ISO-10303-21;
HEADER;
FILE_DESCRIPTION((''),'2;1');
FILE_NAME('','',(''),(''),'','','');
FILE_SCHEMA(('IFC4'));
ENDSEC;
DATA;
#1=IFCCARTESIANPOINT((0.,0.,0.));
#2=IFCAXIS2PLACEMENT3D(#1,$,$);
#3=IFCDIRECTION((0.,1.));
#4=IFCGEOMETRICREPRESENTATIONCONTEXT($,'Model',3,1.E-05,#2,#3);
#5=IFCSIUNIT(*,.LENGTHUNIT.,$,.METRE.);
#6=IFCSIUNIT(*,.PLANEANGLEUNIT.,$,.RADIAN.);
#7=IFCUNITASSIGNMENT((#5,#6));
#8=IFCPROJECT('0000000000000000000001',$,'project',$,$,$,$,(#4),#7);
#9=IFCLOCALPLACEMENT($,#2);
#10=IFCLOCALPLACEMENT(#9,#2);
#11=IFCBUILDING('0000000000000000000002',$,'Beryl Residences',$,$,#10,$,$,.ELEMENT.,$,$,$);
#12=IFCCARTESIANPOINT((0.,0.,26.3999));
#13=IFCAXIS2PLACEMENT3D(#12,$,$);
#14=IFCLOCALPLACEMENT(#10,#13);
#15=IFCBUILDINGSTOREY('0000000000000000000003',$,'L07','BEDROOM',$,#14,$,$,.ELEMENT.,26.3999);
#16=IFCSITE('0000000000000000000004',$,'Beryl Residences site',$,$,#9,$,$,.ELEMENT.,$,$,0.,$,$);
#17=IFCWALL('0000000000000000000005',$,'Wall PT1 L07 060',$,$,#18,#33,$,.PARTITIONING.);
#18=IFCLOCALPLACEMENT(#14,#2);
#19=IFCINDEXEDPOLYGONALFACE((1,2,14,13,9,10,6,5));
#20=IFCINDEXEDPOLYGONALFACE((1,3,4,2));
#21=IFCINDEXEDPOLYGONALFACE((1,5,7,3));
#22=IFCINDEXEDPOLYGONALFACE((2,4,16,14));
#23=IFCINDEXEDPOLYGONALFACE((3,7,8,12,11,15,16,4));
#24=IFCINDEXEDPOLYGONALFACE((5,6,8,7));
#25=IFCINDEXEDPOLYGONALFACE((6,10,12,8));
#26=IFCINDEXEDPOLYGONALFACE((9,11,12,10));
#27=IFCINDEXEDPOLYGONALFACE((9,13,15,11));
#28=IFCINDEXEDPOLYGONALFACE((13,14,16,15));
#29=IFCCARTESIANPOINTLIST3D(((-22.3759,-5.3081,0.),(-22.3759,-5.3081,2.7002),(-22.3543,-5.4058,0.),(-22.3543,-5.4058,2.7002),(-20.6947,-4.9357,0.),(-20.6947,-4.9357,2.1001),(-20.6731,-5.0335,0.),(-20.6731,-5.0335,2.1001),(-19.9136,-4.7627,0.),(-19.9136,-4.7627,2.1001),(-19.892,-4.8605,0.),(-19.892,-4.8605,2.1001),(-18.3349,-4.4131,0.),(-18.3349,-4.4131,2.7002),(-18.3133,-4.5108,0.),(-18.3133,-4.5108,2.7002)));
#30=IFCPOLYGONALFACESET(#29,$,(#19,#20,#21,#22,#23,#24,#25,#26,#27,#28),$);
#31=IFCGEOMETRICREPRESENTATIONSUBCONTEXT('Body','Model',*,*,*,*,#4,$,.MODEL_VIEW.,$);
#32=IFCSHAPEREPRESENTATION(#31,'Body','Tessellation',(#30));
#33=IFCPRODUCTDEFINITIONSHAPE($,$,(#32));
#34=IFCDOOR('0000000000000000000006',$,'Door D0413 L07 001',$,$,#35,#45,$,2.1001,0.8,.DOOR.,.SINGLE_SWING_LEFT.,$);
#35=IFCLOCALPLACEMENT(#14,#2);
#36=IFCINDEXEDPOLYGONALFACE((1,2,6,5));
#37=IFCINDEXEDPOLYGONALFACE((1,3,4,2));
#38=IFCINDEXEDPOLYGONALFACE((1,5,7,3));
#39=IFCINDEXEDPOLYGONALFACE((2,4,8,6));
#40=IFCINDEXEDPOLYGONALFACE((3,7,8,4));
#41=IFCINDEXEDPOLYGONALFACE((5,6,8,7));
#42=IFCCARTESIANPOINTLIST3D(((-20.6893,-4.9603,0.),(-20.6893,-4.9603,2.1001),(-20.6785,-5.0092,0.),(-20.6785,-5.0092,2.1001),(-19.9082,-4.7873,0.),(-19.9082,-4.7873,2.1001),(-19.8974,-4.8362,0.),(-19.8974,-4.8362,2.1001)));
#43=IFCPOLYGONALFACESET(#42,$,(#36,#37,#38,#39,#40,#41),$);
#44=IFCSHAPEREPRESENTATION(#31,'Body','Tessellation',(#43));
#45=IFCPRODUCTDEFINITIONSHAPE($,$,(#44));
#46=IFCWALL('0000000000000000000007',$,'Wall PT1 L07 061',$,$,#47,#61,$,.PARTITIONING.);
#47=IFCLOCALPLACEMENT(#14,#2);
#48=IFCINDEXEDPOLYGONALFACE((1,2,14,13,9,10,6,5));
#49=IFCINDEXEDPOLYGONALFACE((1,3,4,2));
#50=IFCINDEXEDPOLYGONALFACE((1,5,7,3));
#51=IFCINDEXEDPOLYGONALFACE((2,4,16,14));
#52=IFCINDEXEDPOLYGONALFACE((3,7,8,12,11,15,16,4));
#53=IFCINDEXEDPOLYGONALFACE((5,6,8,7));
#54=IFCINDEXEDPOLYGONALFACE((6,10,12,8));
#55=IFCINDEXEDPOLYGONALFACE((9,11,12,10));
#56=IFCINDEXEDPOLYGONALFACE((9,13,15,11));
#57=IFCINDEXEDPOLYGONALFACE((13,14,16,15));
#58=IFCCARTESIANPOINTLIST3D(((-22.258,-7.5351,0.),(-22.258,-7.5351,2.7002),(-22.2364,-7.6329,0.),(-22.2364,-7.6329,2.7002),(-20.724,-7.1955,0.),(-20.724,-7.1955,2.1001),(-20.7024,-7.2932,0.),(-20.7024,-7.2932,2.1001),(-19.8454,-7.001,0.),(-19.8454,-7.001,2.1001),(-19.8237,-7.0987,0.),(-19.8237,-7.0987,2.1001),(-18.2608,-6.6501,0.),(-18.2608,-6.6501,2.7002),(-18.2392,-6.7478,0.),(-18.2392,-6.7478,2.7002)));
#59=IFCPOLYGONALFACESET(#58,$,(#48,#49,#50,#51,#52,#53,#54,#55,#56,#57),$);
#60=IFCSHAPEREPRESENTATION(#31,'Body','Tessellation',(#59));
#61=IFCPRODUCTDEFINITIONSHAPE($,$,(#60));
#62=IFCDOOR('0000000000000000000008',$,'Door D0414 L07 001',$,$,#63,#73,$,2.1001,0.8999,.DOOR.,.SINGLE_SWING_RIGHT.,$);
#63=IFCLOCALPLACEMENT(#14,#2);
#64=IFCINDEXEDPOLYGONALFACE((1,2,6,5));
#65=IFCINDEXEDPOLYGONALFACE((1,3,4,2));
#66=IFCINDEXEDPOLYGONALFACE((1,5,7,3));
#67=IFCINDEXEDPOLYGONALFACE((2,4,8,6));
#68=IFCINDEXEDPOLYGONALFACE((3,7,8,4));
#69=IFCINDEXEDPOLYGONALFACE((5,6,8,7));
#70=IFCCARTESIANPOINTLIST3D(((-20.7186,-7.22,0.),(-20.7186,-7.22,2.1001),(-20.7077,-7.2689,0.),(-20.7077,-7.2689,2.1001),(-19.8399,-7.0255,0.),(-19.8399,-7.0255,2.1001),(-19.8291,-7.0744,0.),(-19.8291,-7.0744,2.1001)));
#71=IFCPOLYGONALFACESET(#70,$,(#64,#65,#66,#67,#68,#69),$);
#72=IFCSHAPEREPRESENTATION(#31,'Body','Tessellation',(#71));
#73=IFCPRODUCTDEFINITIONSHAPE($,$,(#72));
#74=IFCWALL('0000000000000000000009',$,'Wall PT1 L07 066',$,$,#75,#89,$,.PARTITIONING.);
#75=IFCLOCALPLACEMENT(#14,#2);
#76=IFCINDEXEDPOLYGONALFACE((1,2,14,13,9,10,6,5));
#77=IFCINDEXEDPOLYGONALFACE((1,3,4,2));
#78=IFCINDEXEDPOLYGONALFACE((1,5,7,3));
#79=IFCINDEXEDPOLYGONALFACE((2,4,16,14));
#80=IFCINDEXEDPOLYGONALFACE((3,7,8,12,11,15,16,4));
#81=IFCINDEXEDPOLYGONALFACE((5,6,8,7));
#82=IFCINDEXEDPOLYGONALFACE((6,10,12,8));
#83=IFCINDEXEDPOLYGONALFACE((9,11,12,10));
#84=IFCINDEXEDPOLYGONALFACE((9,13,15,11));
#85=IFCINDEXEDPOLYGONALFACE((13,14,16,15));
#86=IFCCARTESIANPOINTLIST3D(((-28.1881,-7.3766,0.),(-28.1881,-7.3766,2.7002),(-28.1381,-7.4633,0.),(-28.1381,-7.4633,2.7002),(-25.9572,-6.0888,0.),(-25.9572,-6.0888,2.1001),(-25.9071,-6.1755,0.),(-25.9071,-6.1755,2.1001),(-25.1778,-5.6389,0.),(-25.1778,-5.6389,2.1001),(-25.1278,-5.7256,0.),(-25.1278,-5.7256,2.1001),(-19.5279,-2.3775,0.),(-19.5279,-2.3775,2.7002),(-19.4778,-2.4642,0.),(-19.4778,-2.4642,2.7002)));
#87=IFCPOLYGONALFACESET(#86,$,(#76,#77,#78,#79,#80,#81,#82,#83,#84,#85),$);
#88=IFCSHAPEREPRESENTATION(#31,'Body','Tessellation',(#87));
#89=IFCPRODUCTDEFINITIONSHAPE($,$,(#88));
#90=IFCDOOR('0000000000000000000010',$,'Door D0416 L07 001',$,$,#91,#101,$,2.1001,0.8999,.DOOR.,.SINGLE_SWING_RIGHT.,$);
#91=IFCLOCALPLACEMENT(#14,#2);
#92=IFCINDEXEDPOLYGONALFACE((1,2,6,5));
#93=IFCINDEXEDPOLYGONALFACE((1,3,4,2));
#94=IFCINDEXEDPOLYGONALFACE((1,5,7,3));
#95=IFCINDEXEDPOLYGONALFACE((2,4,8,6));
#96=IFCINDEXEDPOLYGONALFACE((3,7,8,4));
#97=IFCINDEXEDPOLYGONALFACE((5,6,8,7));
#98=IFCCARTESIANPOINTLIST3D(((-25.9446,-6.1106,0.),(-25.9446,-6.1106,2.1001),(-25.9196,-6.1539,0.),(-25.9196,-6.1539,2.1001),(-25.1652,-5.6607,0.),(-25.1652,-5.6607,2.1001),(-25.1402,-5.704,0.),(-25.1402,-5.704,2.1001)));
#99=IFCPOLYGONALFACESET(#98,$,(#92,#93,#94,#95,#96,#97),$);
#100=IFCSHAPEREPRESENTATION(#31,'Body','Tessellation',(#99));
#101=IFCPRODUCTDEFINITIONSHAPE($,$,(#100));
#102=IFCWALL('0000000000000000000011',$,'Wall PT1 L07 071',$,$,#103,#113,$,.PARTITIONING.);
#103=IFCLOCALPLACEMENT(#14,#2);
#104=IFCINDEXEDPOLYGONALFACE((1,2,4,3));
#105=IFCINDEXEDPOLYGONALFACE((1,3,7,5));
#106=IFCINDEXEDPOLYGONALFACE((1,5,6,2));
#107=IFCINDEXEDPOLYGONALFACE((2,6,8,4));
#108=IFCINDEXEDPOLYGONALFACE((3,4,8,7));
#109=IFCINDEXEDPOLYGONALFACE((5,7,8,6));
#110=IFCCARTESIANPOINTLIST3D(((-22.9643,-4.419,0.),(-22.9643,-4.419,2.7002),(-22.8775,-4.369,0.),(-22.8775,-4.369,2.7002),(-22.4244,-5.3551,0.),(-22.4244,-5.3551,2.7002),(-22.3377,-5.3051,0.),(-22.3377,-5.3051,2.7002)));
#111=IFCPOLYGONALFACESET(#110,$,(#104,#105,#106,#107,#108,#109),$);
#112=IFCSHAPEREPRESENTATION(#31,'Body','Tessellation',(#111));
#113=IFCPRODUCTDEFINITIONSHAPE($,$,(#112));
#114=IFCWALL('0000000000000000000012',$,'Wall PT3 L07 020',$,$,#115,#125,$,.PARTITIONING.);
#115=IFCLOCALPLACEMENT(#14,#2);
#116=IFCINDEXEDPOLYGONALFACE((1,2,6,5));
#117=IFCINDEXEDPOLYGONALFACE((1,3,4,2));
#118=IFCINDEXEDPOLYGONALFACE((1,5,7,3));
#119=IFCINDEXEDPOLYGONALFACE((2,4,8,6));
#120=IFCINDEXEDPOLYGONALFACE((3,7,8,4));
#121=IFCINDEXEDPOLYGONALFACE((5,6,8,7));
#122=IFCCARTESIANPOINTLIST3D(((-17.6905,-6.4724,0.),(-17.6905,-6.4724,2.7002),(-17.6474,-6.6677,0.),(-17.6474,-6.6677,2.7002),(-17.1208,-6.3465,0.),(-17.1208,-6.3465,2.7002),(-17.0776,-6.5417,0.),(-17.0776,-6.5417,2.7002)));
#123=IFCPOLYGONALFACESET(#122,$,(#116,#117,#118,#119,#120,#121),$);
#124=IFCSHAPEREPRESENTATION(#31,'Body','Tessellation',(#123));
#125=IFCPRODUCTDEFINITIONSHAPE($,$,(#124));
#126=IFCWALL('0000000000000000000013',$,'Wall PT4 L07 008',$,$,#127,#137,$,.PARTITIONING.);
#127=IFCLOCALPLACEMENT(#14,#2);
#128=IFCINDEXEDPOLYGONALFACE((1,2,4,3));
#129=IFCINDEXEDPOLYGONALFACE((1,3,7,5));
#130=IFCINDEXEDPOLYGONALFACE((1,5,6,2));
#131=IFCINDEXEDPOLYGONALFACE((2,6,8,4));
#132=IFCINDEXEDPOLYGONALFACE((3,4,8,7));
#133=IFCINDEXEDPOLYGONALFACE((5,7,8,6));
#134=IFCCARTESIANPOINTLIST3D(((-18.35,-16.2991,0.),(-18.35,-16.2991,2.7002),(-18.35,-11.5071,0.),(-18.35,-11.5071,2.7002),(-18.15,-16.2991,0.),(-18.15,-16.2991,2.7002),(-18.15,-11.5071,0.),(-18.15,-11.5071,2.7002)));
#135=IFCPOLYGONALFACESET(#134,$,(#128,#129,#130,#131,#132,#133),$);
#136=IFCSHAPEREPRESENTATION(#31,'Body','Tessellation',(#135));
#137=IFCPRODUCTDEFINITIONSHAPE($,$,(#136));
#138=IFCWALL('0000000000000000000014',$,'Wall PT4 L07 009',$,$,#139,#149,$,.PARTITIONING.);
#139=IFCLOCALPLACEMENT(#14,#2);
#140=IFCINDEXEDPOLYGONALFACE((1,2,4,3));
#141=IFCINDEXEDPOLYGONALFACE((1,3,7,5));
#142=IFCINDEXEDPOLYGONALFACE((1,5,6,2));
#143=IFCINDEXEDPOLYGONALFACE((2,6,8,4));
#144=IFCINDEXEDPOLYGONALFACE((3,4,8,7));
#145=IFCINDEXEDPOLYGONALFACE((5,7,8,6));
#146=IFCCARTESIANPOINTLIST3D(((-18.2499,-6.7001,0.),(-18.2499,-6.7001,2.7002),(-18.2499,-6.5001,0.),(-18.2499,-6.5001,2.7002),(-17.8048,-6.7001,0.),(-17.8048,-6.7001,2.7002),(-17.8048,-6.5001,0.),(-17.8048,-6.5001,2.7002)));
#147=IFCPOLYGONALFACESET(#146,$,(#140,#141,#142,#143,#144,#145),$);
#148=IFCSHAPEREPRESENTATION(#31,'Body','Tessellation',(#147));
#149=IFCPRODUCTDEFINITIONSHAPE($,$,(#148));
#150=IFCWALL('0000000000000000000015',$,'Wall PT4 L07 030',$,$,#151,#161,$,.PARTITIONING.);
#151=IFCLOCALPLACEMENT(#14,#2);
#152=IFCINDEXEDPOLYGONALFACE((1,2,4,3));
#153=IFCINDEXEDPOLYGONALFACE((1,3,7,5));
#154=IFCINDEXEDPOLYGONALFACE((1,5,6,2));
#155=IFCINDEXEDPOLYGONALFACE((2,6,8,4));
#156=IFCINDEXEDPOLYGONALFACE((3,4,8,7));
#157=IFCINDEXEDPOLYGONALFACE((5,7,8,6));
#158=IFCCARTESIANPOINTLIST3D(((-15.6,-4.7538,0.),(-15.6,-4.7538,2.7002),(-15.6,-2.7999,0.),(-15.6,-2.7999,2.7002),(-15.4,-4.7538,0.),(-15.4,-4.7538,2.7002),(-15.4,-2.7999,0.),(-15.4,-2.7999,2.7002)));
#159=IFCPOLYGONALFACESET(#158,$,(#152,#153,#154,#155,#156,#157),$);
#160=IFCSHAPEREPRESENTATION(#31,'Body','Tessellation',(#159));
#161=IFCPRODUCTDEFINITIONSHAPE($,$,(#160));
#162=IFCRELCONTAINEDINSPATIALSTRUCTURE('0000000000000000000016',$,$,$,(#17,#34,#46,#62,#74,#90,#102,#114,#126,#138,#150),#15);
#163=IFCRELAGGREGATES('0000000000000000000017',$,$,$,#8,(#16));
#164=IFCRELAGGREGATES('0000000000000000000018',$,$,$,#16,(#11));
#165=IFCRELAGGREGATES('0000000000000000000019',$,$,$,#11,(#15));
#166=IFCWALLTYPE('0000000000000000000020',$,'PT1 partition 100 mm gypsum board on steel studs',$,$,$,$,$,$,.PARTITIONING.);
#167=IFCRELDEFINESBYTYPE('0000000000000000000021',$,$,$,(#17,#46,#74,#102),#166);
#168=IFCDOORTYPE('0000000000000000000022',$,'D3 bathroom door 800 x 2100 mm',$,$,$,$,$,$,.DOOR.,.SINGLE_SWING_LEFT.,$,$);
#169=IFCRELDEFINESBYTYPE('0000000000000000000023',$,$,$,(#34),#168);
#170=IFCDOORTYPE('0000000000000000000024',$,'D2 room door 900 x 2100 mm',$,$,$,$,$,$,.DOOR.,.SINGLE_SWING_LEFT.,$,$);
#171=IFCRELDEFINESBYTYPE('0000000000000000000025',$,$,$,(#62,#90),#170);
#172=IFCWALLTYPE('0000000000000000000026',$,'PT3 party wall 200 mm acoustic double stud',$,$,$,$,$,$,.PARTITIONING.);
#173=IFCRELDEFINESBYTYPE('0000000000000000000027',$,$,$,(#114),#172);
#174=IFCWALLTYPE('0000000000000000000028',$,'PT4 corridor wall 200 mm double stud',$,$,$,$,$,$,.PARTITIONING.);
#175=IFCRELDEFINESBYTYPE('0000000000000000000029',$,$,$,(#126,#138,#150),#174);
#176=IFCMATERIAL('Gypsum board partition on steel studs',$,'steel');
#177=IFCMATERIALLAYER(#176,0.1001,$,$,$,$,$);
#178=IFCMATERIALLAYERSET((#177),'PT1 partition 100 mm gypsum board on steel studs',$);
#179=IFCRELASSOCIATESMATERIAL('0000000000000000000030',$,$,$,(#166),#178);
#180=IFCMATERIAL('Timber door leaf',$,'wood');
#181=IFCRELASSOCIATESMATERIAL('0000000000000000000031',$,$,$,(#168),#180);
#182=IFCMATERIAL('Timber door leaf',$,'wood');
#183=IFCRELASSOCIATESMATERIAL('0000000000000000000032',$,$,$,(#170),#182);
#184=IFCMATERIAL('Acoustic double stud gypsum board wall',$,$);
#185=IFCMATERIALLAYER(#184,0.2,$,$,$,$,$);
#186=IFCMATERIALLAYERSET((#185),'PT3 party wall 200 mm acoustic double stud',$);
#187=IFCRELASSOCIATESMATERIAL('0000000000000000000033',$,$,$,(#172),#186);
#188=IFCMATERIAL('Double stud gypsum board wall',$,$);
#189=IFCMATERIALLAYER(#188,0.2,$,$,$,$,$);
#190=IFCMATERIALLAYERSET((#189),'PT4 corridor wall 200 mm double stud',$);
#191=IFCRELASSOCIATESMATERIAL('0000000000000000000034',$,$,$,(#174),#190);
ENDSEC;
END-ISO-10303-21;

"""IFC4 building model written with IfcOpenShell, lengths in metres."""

from ifc_helpers import new_model, si_unit, direction, frame, frame_2d, origin, place, context, subcontext, project, spatial, rectangle, extrude, material, layer, layer_set, type_object, element, fill, save


model = new_model("IFC4")

# Units and contexts
model_context = context("Model", 3, precision=1e-05, world=origin(), true_north=direction((0.0, 1.0)))
body_context = subcontext(model_context, "Body", "Model", "MODEL_VIEW")
ifc_project = project(units=[si_unit("LENGTHUNIT", "METRE"), si_unit("PLANEANGLEUNIT", "RADIAN")], contexts=[model_context])

# Site, building, storey
site_placement = place(None, origin())
site = spatial("IfcSite", under=ifc_project, at=site_placement, Name="Beryl Residences site", CompositionType="ELEMENT", RefElevation=0.0)
building_placement = place(site_placement, origin())
building = spatial("IfcBuilding", under=site, at=building_placement, Name="Beryl Residences", CompositionType="ELEMENT")
storey_placement = place(building_placement, frame((0.0, 0.0, 26.3999)))
storey = spatial("IfcBuildingStorey", under=building, at=storey_placement, Name="L07", Description="BEDROOM", CompositionType="ELEMENT", Elevation=26.3999)

# Shared definitions
ifc_material_1 = material(Name="Gypsum board partition on steel studs", Category="steel")
ifc_layer_1 = layer(ifc_material_1, 0.1001)
ifc_layer_set_1 = layer_set([ifc_layer_1], Name="PT1 partition 100 mm gypsum board on steel studs")
wall_type_1 = type_object("IfcWallType", Name="PT1 partition 100 mm gypsum board on steel studs", PredefinedType="PARTITIONING", material=ifc_layer_set_1)

# Walls, openings, doors
ifc_material_2 = material(Name="Timber door leaf", Category="wood")
door_type_1 = type_object("IfcDoorType", Name="D3 bathroom door 800 x 2100 mm", OperationType="SINGLE_SWING_LEFT", PredefinedType="DOOR", material=ifc_material_2)
ifc_material_3 = material(Name="Timber door leaf", Category="wood")
door_type_2 = type_object("IfcDoorType", Name="D2 room door 900 x 2100 mm", OperationType="SINGLE_SWING_LEFT", PredefinedType="DOOR", material=ifc_material_3)
wall_1_placement = place(storey_placement, frame((-22.365, -5.3569, 0.0), z_axis=(0.0, 0.0, 1.0), x_axis=(0.976339, 0.216243, 0.0)))
wall_1 = element("IfcWall", 1, at=wall_1_placement, inside=storey, type_object=wall_type_1, Name="Wall PT1 L07 060", PredefinedType="PARTITIONING", context=body_context, shape_type="SweptSolid", body=[
    extrude(rectangle(XDim=4.1389, YDim=0.1001, at=frame_2d((2.0693, 0.0))), origin(), (0.0, 0.0, 1.0), 2.7002),
])
opening_1_placement = place(wall_1_placement, frame((1.7219, 0.0, 0.0)))
opening_1 = element("IfcOpeningElement", 2, at=opening_1_placement, cuts=wall_1, PredefinedType="OPENING", context=body_context, shape_type="SweptSolid", body=[
    extrude(rectangle(XDim=0.8, YDim=2.1001, at=frame_2d((0.3999, 1.05))), frame((0.0, 0.0601, 0.0), z_axis=(0.0, -1.0, 0.0), x_axis=(1.0, 0.0, 0.0)), (0.0, 0.0, 1.0), 0.1201),
])
door_1_placement = place(opening_1_placement, origin())
door_1 = element("IfcDoor", 3, at=door_1_placement, inside=storey, type_object=door_type_1, Name="Door D0413 L07 001", OperationType="SINGLE_SWING_LEFT", OverallHeight=2.1001, OverallWidth=0.8, PredefinedType="DOOR", context=body_context, shape_type="SweptSolid", body=[
    extrude(rectangle(XDim=0.8, YDim=2.1001, at=frame_2d((0.3999, 1.05))), frame((0.0, 0.0249, 0.0), z_axis=(0.0, -1.0, 0.0), x_axis=(1.0, 0.0, 0.0)), (0.0, 0.0, 1.0), 0.05),
])
fill(opening_1, door_1)
wall_2_placement = place(storey_placement, frame((-22.2471, -7.584, 0.0), z_axis=(0.0, 0.0, 1.0), x_axis=(0.976354, 0.216179, 0.0)))
wall_2 = element("IfcWall", 4, at=wall_2_placement, inside=storey, type_object=wall_type_1, Name="Wall PT1 L07 061", PredefinedType="PARTITIONING", context=body_context, shape_type="SweptSolid", body=[
    extrude(rectangle(XDim=4.094, YDim=0.1001, at=frame_2d((2.0469, 0.0))), origin(), (0.0, 0.0, 1.0), 2.7002),
])
opening_2_placement = place(wall_2_placement, frame((1.571, 0.0, 0.0)))
opening_2 = element("IfcOpeningElement", 5, at=opening_2_placement, cuts=wall_2, PredefinedType="OPENING", context=body_context, shape_type="SweptSolid", body=[
    extrude(rectangle(XDim=0.8999, YDim=2.1001, at=frame_2d((0.45, 1.05))), frame((0.0, 0.0601, 0.0), z_axis=(0.0, -1.0, 0.0), x_axis=(1.0, 0.0, 0.0)), (0.0, 0.0, 1.0), 0.1201),
])
door_2_placement = place(opening_2_placement, origin())
door_2 = element("IfcDoor", 6, at=door_2_placement, inside=storey, type_object=door_type_2, Name="Door D0414 L07 001", OperationType="SINGLE_SWING_RIGHT", OverallHeight=2.1001, OverallWidth=0.8999, PredefinedType="DOOR", context=body_context, shape_type="SweptSolid", body=[
    extrude(rectangle(XDim=0.8999, YDim=2.1001, at=frame_2d((0.45, 1.05))), frame((0.0, 0.0249, 0.0), z_axis=(0.0, -1.0, 0.0), x_axis=(1.0, 0.0, 0.0)), (0.0, 0.0, 1.0), 0.05),
])
fill(opening_2, door_2)
wall_3_placement = place(storey_placement, frame((-28.1631, -7.4199, 0.0), z_axis=(0.0, 0.0, 1.0), x_axis=(0.866065, 0.499931, 0.0)))
wall_3 = element("IfcWall", 7, at=wall_3_placement, inside=storey, type_object=wall_type_1, Name="Wall PT1 L07 066", PredefinedType="PARTITIONING", context=body_context, shape_type="SweptSolid", body=[
    extrude(rectangle(XDim=9.9995, YDim=0.1001, at=frame_2d((4.9998, 0.0))), origin(), (0.0, 0.0, 1.0), 2.7002),
])
opening_3_placement = place(wall_3_placement, frame((2.5759, 0.0, 0.0)))
opening_3 = element("IfcOpeningElement", 8, at=opening_3_placement, cuts=wall_3, PredefinedType="OPENING", context=body_context, shape_type="SweptSolid", body=[
    extrude(rectangle(XDim=0.8999, YDim=2.1001, at=frame_2d((0.45, 1.05))), frame((0.0, 0.0601, 0.0), z_axis=(0.0, -1.0, 0.0), x_axis=(1.0, 0.0, 0.0)), (0.0, 0.0, 1.0), 0.1201),
])
door_3_placement = place(opening_3_placement, origin())
door_3 = element("IfcDoor", 9, at=door_3_placement, inside=storey, type_object=door_type_2, Name="Door D0416 L07 001", OperationType="SINGLE_SWING_RIGHT", OverallHeight=2.1001, OverallWidth=0.8999, PredefinedType="DOOR", context=body_context, shape_type="SweptSolid", body=[
    extrude(rectangle(XDim=0.8999, YDim=2.1001, at=frame_2d((0.45, 1.05))), frame((0.0, 0.0249, 0.0), z_axis=(0.0, -1.0, 0.0), x_axis=(1.0, 0.0, 0.0)), (0.0, 0.0, 1.0), 0.05),
])
fill(opening_3, door_3)

# Walls
wall_4_placement = place(storey_placement, frame((-22.9209, -4.394, 0.0), z_axis=(0.0, 0.0, 1.0), x_axis=(0.499566, -0.866276, 0.0)))
element("IfcWall", 10, at=wall_4_placement, inside=storey, type_object=wall_type_1, Name="Wall PT1 L07 071", PredefinedType="PARTITIONING", context=body_context, shape_type="SweptSolid", body=[
    extrude(rectangle(XDim=1.0806, YDim=0.1001, at=frame_2d((0.5403, 0.0))), origin(), (0.0, 0.0, 1.0), 2.7002),
])
ifc_material_4 = material(Name="Acoustic double stud gypsum board wall")
ifc_layer_2 = layer(ifc_material_4, 0.2)
ifc_layer_set_2 = layer_set([ifc_layer_2], Name="PT3 party wall 200 mm acoustic double stud")
wall_type_2 = type_object("IfcWallType", Name="PT3 party wall 200 mm acoustic double stud", PredefinedType="PARTITIONING", material=ifc_layer_set_2)
wall_5_placement = place(storey_placement, frame((-17.6689, -6.5701, 0.0), z_axis=(0.0, 0.0, 1.0), x_axis=(0.976423, 0.215867, 0.0)))
element("IfcWall", 11, at=wall_5_placement, inside=storey, type_object=wall_type_2, Name="Wall PT3 L07 020", PredefinedType="PARTITIONING", context=body_context, shape_type="SweptSolid", body=[
    extrude(rectangle(XDim=0.5835, YDim=0.2, at=frame_2d((0.2917, 0.0))), origin(), (0.0, 0.0, 1.0), 2.7002),
])
ifc_material_5 = material(Name="Double stud gypsum board wall")
ifc_layer_3 = layer(ifc_material_5, 0.2)
ifc_layer_set_3 = layer_set([ifc_layer_3], Name="PT4 corridor wall 200 mm double stud")
wall_type_3 = type_object("IfcWallType", Name="PT4 corridor wall 200 mm double stud", PredefinedType="PARTITIONING", material=ifc_layer_set_3)
wall_6_placement = place(storey_placement, frame((-18.25, -11.5071, 0.0), z_axis=(0.0, 0.0, 1.0), x_axis=(0.0, -1.0, 0.0)))
element("IfcWall", 12, at=wall_6_placement, inside=storey, type_object=wall_type_3, Name="Wall PT4 L07 008", PredefinedType="PARTITIONING", context=body_context, shape_type="SweptSolid", body=[
    extrude(rectangle(XDim=4.792, YDim=0.2, at=frame_2d((2.396, 0.0))), origin(), (0.0, 0.0, 1.0), 2.7002),
])
wall_7_placement = place(storey_placement, frame((-18.25, -6.6001, 0.0), z_axis=(0.0, 0.0, 1.0), x_axis=(1.0, 0.0, 0.0)))
element("IfcWall", 13, at=wall_7_placement, inside=storey, type_object=wall_type_3, Name="Wall PT4 L07 009", PredefinedType="PARTITIONING", context=body_context, shape_type="SweptSolid", body=[
    extrude(rectangle(XDim=0.4451, YDim=0.2, at=frame_2d((0.2227, 0.0))), origin(), (0.0, 0.0, 1.0), 2.7002),
])
wall_8_placement = place(storey_placement, frame((-15.5, -4.7539, 0.0), z_axis=(0.0, 0.0, 1.0), x_axis=(0.0, 1.0, 0.0)))
element("IfcWall", 14, at=wall_8_placement, inside=storey, type_object=wall_type_3, Name="Wall PT4 L07 030", PredefinedType="PARTITIONING", context=body_context, shape_type="SweptSolid", body=[
    extrude(rectangle(XDim=1.9539, YDim=0.2, at=frame_2d((0.9771, 0.0))), origin(), (0.0, 0.0, 1.0), 2.7002),
])

save(model, "model.ifc")
